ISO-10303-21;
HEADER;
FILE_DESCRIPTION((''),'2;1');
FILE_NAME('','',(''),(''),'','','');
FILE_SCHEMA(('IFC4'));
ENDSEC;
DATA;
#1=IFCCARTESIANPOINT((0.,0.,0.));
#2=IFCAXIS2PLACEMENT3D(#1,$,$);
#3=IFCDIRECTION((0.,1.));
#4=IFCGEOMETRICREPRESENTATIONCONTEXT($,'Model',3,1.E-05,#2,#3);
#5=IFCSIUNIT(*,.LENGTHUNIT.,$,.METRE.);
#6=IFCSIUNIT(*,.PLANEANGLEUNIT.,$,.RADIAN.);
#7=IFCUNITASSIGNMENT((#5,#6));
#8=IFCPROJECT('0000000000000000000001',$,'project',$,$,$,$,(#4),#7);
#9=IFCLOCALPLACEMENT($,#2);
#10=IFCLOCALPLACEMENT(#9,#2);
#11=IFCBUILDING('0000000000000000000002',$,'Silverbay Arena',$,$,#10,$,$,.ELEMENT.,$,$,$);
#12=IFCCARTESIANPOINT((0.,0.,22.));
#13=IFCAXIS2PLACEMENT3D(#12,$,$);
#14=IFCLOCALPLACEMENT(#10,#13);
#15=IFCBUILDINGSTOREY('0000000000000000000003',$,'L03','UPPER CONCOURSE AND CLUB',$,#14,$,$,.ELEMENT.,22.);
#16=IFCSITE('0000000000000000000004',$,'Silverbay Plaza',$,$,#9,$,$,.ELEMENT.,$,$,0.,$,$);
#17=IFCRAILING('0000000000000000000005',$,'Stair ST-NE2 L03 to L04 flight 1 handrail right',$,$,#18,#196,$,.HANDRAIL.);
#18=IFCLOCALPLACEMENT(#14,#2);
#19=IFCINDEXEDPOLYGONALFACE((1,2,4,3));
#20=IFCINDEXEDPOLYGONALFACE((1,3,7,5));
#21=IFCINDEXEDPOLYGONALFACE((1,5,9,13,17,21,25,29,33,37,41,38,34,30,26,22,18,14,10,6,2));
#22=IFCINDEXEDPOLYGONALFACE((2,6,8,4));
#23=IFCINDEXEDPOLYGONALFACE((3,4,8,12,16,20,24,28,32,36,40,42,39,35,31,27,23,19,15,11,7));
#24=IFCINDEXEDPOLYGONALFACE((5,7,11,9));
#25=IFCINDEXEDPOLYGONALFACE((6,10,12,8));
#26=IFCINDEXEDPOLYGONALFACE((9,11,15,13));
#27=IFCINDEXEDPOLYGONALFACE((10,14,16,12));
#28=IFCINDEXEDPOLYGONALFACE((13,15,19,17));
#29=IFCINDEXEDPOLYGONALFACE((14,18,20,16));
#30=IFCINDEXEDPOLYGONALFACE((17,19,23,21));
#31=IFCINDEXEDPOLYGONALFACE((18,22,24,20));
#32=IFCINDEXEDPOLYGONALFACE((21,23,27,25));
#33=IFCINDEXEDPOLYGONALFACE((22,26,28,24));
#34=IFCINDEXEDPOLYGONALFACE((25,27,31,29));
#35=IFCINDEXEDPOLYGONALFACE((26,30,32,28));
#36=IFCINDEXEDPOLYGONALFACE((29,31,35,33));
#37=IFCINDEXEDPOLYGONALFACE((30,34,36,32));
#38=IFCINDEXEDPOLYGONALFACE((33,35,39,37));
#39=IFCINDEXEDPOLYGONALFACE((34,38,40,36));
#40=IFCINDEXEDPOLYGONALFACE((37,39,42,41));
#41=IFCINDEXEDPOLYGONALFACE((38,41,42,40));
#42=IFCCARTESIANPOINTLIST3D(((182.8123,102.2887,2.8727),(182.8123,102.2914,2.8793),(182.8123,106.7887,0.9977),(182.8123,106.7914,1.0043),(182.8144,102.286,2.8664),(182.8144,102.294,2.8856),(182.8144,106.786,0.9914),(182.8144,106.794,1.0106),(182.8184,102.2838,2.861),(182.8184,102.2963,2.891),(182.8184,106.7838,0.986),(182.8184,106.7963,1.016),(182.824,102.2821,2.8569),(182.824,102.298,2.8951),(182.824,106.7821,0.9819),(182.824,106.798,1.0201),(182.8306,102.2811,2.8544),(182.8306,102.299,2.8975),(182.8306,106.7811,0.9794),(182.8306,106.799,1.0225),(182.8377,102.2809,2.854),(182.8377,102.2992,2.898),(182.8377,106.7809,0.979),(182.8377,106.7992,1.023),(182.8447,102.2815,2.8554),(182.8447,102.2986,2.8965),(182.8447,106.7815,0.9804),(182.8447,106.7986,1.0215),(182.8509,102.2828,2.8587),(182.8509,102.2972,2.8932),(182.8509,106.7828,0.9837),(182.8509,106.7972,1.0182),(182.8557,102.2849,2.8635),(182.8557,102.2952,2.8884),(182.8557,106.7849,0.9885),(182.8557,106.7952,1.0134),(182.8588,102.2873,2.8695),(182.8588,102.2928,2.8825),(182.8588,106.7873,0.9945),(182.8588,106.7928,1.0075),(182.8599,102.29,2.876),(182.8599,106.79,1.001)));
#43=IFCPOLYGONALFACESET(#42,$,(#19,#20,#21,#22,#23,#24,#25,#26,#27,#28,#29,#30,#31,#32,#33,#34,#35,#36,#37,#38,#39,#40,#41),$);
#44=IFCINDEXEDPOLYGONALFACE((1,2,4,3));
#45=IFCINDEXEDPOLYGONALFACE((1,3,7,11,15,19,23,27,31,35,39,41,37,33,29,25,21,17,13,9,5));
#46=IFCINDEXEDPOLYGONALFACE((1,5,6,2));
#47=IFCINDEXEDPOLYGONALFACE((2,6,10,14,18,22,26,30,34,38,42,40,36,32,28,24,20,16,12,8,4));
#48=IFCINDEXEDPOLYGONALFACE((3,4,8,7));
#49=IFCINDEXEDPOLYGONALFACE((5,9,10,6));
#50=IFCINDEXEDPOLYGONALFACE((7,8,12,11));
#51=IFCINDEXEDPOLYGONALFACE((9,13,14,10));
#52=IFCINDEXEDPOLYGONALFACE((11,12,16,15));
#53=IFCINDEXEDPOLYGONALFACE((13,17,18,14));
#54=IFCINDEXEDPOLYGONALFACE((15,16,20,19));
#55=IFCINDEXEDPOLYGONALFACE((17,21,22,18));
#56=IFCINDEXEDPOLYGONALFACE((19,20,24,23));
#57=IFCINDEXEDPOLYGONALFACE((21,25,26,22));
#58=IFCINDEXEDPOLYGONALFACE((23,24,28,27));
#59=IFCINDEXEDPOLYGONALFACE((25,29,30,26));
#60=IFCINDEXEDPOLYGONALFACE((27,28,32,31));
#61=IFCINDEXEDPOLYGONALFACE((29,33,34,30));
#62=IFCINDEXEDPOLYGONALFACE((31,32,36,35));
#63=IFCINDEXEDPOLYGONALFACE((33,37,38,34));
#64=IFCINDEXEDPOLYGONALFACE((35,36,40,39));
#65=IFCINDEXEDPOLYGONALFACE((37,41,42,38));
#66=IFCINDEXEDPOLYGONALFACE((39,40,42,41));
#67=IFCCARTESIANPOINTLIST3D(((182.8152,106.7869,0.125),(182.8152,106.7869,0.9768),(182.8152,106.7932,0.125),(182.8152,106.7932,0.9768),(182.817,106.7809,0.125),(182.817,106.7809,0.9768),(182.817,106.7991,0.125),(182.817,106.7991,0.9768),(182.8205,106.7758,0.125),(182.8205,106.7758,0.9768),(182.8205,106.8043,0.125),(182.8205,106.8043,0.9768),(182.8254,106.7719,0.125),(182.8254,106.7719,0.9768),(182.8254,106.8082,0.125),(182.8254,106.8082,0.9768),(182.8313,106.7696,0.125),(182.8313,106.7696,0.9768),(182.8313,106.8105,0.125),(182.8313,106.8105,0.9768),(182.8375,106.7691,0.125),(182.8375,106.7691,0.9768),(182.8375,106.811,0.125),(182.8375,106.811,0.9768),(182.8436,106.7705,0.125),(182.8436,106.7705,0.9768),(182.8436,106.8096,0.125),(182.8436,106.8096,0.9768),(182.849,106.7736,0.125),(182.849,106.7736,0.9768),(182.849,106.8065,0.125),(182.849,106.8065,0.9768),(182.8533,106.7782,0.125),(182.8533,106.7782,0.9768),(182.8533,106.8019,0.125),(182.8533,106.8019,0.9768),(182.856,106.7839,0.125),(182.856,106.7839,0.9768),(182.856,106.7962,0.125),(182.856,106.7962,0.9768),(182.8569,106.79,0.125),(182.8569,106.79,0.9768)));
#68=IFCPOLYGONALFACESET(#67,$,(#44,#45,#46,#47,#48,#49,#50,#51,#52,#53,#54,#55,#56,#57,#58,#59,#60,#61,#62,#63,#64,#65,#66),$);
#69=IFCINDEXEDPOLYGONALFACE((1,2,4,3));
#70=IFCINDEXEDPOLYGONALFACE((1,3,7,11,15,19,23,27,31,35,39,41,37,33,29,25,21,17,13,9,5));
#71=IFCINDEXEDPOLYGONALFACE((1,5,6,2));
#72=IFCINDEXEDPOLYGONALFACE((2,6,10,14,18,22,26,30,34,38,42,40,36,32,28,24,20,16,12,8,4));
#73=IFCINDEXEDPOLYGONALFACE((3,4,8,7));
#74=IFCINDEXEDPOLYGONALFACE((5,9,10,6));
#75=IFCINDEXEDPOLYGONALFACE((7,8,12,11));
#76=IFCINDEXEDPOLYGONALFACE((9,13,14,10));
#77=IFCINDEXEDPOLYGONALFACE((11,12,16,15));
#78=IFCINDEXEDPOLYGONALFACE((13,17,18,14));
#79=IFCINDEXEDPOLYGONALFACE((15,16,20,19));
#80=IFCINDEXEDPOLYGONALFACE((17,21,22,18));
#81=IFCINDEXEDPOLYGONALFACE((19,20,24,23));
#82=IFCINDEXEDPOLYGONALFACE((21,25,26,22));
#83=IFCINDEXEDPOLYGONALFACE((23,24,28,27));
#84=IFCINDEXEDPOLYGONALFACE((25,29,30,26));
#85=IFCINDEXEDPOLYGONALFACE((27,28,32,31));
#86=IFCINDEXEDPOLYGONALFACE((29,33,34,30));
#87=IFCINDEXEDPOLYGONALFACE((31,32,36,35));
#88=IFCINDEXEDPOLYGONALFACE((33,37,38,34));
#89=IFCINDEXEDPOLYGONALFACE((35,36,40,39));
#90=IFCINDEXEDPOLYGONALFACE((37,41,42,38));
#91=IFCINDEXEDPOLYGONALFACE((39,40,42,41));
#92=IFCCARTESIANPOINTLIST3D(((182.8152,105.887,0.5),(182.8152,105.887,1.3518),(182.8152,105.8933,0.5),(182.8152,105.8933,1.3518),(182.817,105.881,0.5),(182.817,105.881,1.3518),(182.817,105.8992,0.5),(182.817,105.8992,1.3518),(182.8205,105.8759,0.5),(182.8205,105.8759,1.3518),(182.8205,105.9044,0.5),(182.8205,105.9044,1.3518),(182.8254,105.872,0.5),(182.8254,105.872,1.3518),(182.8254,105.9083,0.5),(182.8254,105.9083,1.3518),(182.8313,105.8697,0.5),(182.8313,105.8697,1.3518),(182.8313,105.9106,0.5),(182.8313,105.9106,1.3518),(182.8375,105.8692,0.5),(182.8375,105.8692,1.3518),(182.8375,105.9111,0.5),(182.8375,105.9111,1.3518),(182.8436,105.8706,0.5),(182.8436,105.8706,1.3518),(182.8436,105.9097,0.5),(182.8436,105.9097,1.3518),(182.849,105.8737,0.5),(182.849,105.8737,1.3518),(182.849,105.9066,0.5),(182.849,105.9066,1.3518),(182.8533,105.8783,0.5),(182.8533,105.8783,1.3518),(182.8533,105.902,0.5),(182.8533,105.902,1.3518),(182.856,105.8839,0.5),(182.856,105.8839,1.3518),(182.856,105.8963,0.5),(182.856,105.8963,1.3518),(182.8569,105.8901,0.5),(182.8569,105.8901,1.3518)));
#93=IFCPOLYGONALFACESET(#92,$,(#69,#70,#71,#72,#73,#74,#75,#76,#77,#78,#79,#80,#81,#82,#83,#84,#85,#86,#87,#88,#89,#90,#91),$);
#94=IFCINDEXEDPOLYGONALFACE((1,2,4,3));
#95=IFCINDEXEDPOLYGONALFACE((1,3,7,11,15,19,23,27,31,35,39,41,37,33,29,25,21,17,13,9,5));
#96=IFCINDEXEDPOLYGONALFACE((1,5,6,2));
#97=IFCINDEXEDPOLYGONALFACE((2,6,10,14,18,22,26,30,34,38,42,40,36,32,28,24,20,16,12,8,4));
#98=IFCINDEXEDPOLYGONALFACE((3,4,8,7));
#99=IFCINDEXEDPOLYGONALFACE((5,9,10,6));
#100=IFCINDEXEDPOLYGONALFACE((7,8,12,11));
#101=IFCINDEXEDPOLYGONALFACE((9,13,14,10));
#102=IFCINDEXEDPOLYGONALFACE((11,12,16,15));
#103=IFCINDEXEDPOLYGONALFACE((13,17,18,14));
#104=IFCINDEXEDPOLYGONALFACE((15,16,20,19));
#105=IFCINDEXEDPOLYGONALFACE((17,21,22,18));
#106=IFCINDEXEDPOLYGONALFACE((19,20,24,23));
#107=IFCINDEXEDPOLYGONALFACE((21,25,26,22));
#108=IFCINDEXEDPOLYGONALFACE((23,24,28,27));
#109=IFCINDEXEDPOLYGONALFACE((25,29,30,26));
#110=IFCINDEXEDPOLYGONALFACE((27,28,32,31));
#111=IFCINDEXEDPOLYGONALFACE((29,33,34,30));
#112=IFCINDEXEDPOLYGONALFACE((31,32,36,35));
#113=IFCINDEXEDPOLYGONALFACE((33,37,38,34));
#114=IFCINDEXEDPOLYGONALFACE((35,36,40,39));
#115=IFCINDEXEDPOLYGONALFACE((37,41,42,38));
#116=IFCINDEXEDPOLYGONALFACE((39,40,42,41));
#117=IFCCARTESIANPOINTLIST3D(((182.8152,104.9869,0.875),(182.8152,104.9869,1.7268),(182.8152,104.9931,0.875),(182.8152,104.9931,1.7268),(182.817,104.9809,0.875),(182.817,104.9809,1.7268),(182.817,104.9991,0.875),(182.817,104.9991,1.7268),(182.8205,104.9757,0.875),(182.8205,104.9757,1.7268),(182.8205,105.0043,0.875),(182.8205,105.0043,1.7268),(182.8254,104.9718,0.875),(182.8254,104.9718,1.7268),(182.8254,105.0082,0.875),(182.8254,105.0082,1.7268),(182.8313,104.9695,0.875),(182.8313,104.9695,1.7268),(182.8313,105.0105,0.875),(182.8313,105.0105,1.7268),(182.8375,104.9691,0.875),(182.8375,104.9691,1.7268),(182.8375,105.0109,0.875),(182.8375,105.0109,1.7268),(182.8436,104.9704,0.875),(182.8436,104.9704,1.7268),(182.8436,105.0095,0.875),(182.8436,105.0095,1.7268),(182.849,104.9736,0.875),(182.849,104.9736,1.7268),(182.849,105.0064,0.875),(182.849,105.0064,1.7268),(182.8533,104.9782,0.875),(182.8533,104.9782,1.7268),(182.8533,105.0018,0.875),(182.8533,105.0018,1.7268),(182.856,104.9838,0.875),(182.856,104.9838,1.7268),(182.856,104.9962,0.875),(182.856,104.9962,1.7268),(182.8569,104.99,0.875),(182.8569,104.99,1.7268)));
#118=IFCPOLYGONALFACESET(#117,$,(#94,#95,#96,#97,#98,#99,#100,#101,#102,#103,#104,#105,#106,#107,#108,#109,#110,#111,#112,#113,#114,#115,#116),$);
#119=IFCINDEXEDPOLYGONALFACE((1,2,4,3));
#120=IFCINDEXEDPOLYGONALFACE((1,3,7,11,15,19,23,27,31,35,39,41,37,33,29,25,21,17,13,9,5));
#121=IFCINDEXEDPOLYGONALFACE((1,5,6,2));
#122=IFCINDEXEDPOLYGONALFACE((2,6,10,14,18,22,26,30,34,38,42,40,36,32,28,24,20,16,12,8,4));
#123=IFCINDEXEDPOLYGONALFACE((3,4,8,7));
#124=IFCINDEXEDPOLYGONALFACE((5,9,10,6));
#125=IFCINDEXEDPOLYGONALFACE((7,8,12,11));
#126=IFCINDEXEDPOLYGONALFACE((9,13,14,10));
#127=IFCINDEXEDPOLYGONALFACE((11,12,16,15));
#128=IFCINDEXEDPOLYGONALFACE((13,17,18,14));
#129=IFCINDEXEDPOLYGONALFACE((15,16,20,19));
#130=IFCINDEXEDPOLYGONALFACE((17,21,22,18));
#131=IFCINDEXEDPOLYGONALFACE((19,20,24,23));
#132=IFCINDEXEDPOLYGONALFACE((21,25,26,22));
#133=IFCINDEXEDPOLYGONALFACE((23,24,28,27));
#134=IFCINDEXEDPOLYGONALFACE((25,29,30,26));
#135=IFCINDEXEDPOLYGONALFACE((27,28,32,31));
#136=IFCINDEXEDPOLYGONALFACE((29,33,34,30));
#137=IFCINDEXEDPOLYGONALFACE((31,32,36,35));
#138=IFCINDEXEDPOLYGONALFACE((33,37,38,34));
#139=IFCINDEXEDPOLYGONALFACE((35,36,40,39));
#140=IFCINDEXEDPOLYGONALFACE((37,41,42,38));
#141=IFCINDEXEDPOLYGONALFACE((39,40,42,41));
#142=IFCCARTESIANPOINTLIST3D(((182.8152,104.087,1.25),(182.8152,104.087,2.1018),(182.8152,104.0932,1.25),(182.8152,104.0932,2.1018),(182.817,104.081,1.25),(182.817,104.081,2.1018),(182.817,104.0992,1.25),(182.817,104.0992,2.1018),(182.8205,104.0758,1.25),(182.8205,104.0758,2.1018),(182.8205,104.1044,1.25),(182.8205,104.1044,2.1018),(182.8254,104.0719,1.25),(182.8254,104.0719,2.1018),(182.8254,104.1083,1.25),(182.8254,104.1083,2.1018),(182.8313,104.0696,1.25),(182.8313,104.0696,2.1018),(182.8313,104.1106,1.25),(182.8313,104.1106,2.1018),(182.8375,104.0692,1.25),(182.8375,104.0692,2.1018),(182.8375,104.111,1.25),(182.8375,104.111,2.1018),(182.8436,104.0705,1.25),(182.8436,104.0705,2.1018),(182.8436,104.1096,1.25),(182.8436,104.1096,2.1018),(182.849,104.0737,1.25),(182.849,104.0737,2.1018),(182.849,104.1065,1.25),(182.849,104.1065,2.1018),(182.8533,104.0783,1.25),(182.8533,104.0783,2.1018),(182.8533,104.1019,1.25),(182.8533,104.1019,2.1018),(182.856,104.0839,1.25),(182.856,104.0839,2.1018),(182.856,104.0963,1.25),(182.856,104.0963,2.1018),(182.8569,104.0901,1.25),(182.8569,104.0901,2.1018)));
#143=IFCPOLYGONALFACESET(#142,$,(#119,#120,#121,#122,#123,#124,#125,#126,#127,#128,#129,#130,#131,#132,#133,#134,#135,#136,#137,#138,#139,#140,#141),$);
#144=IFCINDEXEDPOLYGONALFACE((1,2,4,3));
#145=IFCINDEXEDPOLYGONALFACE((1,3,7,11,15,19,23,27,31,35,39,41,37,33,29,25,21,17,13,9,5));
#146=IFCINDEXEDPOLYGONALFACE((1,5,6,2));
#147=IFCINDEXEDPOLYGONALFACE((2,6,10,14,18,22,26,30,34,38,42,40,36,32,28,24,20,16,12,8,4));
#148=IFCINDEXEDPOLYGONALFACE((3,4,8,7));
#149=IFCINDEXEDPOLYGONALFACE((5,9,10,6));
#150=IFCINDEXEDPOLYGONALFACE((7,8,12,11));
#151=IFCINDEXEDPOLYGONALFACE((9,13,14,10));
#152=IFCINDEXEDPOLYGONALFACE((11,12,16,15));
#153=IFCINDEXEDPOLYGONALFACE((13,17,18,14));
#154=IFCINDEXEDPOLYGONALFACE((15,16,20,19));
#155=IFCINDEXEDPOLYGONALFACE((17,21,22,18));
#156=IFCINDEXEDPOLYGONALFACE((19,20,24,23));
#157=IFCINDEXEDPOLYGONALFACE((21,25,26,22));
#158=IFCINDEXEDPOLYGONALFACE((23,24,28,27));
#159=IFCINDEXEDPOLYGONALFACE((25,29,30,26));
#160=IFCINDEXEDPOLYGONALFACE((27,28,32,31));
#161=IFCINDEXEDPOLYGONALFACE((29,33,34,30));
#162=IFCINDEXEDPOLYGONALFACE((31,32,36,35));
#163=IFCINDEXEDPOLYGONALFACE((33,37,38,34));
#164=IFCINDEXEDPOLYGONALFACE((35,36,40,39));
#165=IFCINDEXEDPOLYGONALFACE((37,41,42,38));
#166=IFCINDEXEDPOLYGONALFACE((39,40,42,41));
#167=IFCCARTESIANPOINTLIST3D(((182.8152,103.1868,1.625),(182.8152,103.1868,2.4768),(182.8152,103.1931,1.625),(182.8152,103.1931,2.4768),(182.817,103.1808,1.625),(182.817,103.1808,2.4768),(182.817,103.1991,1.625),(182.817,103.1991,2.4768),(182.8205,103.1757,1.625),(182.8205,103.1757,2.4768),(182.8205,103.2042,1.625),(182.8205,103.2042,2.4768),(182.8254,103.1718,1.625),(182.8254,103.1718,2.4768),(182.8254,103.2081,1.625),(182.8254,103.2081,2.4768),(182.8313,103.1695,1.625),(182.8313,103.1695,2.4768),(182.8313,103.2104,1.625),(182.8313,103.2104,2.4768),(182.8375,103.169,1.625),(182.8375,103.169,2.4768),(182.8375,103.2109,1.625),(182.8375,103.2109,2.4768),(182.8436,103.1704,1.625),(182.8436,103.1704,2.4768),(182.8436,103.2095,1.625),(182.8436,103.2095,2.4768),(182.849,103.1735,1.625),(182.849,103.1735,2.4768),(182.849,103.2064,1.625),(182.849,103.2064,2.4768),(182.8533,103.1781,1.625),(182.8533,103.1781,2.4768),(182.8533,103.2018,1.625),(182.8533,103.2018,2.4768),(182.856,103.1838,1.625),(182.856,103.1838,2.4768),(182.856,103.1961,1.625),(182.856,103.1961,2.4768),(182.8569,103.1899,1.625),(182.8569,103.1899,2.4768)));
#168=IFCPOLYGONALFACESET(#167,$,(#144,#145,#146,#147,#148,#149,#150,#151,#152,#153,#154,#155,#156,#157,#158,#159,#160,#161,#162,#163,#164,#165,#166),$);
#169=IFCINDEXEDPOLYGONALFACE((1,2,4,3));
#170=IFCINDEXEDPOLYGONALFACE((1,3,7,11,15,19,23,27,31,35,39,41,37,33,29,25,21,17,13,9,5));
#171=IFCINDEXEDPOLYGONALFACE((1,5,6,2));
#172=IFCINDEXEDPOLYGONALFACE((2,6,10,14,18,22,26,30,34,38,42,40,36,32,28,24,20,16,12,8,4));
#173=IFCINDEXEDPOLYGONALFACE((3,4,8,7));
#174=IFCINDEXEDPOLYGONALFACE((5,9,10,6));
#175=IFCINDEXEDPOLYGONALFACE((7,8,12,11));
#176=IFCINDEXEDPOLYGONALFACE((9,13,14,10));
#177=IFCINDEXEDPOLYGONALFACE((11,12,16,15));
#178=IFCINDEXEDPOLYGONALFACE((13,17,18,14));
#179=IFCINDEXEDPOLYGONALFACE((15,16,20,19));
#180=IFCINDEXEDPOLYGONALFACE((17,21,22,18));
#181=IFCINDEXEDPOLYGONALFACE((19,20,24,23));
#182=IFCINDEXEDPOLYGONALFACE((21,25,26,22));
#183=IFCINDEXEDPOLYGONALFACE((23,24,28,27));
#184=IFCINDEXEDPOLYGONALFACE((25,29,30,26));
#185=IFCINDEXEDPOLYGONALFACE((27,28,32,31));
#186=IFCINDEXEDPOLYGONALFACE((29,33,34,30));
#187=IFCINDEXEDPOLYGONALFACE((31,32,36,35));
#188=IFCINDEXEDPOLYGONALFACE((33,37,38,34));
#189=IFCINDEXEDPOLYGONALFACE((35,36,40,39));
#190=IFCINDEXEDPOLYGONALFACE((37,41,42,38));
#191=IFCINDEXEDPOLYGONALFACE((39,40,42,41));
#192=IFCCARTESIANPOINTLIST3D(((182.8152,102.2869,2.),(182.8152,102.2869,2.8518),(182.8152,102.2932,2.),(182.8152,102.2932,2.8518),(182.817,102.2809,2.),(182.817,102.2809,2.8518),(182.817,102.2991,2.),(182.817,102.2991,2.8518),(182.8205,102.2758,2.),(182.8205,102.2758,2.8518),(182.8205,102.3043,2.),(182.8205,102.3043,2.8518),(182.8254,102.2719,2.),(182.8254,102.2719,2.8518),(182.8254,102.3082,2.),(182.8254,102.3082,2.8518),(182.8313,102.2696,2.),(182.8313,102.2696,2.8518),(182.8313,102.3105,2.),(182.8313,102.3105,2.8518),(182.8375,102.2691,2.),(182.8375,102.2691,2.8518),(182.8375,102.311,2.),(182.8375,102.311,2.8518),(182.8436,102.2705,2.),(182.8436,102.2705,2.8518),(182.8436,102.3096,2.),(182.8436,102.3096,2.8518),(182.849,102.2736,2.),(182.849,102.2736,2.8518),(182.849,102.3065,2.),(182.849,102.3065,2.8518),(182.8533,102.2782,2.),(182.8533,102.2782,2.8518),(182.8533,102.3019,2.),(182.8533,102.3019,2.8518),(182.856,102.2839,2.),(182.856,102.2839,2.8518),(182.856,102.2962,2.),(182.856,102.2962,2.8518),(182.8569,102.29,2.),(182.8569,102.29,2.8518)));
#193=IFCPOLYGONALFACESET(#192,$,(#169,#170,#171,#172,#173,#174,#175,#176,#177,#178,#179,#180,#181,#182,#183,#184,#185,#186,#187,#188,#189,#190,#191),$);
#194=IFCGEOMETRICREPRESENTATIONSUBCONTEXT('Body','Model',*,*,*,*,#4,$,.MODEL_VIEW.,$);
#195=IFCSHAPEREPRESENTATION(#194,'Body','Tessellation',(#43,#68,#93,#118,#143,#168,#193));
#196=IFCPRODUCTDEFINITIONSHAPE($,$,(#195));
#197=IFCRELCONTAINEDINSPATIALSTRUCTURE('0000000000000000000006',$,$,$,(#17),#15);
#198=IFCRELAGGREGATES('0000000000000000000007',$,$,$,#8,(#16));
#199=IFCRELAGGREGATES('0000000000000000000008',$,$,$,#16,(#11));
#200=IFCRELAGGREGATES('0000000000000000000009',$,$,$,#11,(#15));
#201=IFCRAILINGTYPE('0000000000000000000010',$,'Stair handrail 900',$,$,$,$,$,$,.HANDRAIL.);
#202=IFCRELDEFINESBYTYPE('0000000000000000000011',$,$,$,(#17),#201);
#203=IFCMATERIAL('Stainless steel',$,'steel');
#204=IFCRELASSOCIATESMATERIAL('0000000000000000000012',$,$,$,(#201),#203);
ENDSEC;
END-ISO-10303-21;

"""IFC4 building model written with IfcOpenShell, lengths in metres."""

from ifc_helpers import new_model, si_unit, direction, frame, origin, origin_2d, place, context, subcontext, project, spatial, circle, extrude, material, type_object, element, save


model = new_model("IFC4")

# Units and contexts
model_context = context("Model", 3, precision=1e-05, world=origin(), true_north=direction((0.0, 1.0)))
body_context = subcontext(model_context, "Body", "Model", "MODEL_VIEW")
ifc_project = project(units=[si_unit("LENGTHUNIT", "METRE"), si_unit("PLANEANGLEUNIT", "RADIAN")], contexts=[model_context])

# Site, building, storey
site_placement = place(None, origin())
site = spatial("IfcSite", under=ifc_project, at=site_placement, Name="Silverbay Plaza", CompositionType="ELEMENT", RefElevation=0.0)
building_placement = place(site_placement, origin())
building = spatial("IfcBuilding", under=site, at=building_placement, Name="Silverbay Arena", CompositionType="ELEMENT")
storey_placement = place(building_placement, frame((0.0, 0.0, 22.0)))
storey = spatial("IfcBuildingStorey", under=building, at=storey_placement, Name="L03", Description="UPPER CONCOURSE AND CLUB", CompositionType="ELEMENT", Elevation=22.0)

# Railing
ifc_material_1 = material(Name="Stainless steel", Category="steel")
railing_type_1 = type_object("IfcRailingType", Name="Stair handrail 900", PredefinedType="HANDRAIL", material=ifc_material_1)
railing_1_placement = place(storey_placement, frame((182.8359, 106.79, 0.125)))
element("IfcRailing", 1, at=railing_1_placement, inside=storey, type_object=railing_type_1, Name="Stair ST-NE2 L03 to L04 flight 1 handrail right", PredefinedType="HANDRAIL", context=body_context, shape_type="SweptSolid", body=[
    extrude(circle(Radius=0.0239, at=origin_2d()), frame((0.0, 0.0, 0.876), z_axis=(0.0, -0.923077, 0.384615), x_axis=(1.0, 0.0, 0.0)), (0.0, 0.0, 1.0), 4.875),
    extrude(circle(Radius=0.021, at=origin_2d()), origin(), (0.0, 0.0, 1.0), 0.8518),
    extrude(circle(Radius=0.021, at=origin_2d()), frame((0.0, -0.8999, 0.375)), (0.0, 0.0, 1.0), 0.8518),
    extrude(circle(Radius=0.021, at=origin_2d()), frame((0.0, -1.8, 0.75)), (0.0, 0.0, 1.0), 0.8518),
    extrude(circle(Radius=0.021, at=origin_2d()), frame((0.0, -2.7, 1.125)), (0.0, 0.0, 1.0), 0.8518),
    extrude(circle(Radius=0.021, at=origin_2d()), frame((0.0, -3.6001, 1.5)), (0.0, 0.0, 1.0), 0.8518),
    extrude(circle(Radius=0.021, at=origin_2d()), frame((0.0, -4.5, 1.875)), (0.0, 0.0, 1.0), 0.8518),
])

save(model, "model.ifc")
